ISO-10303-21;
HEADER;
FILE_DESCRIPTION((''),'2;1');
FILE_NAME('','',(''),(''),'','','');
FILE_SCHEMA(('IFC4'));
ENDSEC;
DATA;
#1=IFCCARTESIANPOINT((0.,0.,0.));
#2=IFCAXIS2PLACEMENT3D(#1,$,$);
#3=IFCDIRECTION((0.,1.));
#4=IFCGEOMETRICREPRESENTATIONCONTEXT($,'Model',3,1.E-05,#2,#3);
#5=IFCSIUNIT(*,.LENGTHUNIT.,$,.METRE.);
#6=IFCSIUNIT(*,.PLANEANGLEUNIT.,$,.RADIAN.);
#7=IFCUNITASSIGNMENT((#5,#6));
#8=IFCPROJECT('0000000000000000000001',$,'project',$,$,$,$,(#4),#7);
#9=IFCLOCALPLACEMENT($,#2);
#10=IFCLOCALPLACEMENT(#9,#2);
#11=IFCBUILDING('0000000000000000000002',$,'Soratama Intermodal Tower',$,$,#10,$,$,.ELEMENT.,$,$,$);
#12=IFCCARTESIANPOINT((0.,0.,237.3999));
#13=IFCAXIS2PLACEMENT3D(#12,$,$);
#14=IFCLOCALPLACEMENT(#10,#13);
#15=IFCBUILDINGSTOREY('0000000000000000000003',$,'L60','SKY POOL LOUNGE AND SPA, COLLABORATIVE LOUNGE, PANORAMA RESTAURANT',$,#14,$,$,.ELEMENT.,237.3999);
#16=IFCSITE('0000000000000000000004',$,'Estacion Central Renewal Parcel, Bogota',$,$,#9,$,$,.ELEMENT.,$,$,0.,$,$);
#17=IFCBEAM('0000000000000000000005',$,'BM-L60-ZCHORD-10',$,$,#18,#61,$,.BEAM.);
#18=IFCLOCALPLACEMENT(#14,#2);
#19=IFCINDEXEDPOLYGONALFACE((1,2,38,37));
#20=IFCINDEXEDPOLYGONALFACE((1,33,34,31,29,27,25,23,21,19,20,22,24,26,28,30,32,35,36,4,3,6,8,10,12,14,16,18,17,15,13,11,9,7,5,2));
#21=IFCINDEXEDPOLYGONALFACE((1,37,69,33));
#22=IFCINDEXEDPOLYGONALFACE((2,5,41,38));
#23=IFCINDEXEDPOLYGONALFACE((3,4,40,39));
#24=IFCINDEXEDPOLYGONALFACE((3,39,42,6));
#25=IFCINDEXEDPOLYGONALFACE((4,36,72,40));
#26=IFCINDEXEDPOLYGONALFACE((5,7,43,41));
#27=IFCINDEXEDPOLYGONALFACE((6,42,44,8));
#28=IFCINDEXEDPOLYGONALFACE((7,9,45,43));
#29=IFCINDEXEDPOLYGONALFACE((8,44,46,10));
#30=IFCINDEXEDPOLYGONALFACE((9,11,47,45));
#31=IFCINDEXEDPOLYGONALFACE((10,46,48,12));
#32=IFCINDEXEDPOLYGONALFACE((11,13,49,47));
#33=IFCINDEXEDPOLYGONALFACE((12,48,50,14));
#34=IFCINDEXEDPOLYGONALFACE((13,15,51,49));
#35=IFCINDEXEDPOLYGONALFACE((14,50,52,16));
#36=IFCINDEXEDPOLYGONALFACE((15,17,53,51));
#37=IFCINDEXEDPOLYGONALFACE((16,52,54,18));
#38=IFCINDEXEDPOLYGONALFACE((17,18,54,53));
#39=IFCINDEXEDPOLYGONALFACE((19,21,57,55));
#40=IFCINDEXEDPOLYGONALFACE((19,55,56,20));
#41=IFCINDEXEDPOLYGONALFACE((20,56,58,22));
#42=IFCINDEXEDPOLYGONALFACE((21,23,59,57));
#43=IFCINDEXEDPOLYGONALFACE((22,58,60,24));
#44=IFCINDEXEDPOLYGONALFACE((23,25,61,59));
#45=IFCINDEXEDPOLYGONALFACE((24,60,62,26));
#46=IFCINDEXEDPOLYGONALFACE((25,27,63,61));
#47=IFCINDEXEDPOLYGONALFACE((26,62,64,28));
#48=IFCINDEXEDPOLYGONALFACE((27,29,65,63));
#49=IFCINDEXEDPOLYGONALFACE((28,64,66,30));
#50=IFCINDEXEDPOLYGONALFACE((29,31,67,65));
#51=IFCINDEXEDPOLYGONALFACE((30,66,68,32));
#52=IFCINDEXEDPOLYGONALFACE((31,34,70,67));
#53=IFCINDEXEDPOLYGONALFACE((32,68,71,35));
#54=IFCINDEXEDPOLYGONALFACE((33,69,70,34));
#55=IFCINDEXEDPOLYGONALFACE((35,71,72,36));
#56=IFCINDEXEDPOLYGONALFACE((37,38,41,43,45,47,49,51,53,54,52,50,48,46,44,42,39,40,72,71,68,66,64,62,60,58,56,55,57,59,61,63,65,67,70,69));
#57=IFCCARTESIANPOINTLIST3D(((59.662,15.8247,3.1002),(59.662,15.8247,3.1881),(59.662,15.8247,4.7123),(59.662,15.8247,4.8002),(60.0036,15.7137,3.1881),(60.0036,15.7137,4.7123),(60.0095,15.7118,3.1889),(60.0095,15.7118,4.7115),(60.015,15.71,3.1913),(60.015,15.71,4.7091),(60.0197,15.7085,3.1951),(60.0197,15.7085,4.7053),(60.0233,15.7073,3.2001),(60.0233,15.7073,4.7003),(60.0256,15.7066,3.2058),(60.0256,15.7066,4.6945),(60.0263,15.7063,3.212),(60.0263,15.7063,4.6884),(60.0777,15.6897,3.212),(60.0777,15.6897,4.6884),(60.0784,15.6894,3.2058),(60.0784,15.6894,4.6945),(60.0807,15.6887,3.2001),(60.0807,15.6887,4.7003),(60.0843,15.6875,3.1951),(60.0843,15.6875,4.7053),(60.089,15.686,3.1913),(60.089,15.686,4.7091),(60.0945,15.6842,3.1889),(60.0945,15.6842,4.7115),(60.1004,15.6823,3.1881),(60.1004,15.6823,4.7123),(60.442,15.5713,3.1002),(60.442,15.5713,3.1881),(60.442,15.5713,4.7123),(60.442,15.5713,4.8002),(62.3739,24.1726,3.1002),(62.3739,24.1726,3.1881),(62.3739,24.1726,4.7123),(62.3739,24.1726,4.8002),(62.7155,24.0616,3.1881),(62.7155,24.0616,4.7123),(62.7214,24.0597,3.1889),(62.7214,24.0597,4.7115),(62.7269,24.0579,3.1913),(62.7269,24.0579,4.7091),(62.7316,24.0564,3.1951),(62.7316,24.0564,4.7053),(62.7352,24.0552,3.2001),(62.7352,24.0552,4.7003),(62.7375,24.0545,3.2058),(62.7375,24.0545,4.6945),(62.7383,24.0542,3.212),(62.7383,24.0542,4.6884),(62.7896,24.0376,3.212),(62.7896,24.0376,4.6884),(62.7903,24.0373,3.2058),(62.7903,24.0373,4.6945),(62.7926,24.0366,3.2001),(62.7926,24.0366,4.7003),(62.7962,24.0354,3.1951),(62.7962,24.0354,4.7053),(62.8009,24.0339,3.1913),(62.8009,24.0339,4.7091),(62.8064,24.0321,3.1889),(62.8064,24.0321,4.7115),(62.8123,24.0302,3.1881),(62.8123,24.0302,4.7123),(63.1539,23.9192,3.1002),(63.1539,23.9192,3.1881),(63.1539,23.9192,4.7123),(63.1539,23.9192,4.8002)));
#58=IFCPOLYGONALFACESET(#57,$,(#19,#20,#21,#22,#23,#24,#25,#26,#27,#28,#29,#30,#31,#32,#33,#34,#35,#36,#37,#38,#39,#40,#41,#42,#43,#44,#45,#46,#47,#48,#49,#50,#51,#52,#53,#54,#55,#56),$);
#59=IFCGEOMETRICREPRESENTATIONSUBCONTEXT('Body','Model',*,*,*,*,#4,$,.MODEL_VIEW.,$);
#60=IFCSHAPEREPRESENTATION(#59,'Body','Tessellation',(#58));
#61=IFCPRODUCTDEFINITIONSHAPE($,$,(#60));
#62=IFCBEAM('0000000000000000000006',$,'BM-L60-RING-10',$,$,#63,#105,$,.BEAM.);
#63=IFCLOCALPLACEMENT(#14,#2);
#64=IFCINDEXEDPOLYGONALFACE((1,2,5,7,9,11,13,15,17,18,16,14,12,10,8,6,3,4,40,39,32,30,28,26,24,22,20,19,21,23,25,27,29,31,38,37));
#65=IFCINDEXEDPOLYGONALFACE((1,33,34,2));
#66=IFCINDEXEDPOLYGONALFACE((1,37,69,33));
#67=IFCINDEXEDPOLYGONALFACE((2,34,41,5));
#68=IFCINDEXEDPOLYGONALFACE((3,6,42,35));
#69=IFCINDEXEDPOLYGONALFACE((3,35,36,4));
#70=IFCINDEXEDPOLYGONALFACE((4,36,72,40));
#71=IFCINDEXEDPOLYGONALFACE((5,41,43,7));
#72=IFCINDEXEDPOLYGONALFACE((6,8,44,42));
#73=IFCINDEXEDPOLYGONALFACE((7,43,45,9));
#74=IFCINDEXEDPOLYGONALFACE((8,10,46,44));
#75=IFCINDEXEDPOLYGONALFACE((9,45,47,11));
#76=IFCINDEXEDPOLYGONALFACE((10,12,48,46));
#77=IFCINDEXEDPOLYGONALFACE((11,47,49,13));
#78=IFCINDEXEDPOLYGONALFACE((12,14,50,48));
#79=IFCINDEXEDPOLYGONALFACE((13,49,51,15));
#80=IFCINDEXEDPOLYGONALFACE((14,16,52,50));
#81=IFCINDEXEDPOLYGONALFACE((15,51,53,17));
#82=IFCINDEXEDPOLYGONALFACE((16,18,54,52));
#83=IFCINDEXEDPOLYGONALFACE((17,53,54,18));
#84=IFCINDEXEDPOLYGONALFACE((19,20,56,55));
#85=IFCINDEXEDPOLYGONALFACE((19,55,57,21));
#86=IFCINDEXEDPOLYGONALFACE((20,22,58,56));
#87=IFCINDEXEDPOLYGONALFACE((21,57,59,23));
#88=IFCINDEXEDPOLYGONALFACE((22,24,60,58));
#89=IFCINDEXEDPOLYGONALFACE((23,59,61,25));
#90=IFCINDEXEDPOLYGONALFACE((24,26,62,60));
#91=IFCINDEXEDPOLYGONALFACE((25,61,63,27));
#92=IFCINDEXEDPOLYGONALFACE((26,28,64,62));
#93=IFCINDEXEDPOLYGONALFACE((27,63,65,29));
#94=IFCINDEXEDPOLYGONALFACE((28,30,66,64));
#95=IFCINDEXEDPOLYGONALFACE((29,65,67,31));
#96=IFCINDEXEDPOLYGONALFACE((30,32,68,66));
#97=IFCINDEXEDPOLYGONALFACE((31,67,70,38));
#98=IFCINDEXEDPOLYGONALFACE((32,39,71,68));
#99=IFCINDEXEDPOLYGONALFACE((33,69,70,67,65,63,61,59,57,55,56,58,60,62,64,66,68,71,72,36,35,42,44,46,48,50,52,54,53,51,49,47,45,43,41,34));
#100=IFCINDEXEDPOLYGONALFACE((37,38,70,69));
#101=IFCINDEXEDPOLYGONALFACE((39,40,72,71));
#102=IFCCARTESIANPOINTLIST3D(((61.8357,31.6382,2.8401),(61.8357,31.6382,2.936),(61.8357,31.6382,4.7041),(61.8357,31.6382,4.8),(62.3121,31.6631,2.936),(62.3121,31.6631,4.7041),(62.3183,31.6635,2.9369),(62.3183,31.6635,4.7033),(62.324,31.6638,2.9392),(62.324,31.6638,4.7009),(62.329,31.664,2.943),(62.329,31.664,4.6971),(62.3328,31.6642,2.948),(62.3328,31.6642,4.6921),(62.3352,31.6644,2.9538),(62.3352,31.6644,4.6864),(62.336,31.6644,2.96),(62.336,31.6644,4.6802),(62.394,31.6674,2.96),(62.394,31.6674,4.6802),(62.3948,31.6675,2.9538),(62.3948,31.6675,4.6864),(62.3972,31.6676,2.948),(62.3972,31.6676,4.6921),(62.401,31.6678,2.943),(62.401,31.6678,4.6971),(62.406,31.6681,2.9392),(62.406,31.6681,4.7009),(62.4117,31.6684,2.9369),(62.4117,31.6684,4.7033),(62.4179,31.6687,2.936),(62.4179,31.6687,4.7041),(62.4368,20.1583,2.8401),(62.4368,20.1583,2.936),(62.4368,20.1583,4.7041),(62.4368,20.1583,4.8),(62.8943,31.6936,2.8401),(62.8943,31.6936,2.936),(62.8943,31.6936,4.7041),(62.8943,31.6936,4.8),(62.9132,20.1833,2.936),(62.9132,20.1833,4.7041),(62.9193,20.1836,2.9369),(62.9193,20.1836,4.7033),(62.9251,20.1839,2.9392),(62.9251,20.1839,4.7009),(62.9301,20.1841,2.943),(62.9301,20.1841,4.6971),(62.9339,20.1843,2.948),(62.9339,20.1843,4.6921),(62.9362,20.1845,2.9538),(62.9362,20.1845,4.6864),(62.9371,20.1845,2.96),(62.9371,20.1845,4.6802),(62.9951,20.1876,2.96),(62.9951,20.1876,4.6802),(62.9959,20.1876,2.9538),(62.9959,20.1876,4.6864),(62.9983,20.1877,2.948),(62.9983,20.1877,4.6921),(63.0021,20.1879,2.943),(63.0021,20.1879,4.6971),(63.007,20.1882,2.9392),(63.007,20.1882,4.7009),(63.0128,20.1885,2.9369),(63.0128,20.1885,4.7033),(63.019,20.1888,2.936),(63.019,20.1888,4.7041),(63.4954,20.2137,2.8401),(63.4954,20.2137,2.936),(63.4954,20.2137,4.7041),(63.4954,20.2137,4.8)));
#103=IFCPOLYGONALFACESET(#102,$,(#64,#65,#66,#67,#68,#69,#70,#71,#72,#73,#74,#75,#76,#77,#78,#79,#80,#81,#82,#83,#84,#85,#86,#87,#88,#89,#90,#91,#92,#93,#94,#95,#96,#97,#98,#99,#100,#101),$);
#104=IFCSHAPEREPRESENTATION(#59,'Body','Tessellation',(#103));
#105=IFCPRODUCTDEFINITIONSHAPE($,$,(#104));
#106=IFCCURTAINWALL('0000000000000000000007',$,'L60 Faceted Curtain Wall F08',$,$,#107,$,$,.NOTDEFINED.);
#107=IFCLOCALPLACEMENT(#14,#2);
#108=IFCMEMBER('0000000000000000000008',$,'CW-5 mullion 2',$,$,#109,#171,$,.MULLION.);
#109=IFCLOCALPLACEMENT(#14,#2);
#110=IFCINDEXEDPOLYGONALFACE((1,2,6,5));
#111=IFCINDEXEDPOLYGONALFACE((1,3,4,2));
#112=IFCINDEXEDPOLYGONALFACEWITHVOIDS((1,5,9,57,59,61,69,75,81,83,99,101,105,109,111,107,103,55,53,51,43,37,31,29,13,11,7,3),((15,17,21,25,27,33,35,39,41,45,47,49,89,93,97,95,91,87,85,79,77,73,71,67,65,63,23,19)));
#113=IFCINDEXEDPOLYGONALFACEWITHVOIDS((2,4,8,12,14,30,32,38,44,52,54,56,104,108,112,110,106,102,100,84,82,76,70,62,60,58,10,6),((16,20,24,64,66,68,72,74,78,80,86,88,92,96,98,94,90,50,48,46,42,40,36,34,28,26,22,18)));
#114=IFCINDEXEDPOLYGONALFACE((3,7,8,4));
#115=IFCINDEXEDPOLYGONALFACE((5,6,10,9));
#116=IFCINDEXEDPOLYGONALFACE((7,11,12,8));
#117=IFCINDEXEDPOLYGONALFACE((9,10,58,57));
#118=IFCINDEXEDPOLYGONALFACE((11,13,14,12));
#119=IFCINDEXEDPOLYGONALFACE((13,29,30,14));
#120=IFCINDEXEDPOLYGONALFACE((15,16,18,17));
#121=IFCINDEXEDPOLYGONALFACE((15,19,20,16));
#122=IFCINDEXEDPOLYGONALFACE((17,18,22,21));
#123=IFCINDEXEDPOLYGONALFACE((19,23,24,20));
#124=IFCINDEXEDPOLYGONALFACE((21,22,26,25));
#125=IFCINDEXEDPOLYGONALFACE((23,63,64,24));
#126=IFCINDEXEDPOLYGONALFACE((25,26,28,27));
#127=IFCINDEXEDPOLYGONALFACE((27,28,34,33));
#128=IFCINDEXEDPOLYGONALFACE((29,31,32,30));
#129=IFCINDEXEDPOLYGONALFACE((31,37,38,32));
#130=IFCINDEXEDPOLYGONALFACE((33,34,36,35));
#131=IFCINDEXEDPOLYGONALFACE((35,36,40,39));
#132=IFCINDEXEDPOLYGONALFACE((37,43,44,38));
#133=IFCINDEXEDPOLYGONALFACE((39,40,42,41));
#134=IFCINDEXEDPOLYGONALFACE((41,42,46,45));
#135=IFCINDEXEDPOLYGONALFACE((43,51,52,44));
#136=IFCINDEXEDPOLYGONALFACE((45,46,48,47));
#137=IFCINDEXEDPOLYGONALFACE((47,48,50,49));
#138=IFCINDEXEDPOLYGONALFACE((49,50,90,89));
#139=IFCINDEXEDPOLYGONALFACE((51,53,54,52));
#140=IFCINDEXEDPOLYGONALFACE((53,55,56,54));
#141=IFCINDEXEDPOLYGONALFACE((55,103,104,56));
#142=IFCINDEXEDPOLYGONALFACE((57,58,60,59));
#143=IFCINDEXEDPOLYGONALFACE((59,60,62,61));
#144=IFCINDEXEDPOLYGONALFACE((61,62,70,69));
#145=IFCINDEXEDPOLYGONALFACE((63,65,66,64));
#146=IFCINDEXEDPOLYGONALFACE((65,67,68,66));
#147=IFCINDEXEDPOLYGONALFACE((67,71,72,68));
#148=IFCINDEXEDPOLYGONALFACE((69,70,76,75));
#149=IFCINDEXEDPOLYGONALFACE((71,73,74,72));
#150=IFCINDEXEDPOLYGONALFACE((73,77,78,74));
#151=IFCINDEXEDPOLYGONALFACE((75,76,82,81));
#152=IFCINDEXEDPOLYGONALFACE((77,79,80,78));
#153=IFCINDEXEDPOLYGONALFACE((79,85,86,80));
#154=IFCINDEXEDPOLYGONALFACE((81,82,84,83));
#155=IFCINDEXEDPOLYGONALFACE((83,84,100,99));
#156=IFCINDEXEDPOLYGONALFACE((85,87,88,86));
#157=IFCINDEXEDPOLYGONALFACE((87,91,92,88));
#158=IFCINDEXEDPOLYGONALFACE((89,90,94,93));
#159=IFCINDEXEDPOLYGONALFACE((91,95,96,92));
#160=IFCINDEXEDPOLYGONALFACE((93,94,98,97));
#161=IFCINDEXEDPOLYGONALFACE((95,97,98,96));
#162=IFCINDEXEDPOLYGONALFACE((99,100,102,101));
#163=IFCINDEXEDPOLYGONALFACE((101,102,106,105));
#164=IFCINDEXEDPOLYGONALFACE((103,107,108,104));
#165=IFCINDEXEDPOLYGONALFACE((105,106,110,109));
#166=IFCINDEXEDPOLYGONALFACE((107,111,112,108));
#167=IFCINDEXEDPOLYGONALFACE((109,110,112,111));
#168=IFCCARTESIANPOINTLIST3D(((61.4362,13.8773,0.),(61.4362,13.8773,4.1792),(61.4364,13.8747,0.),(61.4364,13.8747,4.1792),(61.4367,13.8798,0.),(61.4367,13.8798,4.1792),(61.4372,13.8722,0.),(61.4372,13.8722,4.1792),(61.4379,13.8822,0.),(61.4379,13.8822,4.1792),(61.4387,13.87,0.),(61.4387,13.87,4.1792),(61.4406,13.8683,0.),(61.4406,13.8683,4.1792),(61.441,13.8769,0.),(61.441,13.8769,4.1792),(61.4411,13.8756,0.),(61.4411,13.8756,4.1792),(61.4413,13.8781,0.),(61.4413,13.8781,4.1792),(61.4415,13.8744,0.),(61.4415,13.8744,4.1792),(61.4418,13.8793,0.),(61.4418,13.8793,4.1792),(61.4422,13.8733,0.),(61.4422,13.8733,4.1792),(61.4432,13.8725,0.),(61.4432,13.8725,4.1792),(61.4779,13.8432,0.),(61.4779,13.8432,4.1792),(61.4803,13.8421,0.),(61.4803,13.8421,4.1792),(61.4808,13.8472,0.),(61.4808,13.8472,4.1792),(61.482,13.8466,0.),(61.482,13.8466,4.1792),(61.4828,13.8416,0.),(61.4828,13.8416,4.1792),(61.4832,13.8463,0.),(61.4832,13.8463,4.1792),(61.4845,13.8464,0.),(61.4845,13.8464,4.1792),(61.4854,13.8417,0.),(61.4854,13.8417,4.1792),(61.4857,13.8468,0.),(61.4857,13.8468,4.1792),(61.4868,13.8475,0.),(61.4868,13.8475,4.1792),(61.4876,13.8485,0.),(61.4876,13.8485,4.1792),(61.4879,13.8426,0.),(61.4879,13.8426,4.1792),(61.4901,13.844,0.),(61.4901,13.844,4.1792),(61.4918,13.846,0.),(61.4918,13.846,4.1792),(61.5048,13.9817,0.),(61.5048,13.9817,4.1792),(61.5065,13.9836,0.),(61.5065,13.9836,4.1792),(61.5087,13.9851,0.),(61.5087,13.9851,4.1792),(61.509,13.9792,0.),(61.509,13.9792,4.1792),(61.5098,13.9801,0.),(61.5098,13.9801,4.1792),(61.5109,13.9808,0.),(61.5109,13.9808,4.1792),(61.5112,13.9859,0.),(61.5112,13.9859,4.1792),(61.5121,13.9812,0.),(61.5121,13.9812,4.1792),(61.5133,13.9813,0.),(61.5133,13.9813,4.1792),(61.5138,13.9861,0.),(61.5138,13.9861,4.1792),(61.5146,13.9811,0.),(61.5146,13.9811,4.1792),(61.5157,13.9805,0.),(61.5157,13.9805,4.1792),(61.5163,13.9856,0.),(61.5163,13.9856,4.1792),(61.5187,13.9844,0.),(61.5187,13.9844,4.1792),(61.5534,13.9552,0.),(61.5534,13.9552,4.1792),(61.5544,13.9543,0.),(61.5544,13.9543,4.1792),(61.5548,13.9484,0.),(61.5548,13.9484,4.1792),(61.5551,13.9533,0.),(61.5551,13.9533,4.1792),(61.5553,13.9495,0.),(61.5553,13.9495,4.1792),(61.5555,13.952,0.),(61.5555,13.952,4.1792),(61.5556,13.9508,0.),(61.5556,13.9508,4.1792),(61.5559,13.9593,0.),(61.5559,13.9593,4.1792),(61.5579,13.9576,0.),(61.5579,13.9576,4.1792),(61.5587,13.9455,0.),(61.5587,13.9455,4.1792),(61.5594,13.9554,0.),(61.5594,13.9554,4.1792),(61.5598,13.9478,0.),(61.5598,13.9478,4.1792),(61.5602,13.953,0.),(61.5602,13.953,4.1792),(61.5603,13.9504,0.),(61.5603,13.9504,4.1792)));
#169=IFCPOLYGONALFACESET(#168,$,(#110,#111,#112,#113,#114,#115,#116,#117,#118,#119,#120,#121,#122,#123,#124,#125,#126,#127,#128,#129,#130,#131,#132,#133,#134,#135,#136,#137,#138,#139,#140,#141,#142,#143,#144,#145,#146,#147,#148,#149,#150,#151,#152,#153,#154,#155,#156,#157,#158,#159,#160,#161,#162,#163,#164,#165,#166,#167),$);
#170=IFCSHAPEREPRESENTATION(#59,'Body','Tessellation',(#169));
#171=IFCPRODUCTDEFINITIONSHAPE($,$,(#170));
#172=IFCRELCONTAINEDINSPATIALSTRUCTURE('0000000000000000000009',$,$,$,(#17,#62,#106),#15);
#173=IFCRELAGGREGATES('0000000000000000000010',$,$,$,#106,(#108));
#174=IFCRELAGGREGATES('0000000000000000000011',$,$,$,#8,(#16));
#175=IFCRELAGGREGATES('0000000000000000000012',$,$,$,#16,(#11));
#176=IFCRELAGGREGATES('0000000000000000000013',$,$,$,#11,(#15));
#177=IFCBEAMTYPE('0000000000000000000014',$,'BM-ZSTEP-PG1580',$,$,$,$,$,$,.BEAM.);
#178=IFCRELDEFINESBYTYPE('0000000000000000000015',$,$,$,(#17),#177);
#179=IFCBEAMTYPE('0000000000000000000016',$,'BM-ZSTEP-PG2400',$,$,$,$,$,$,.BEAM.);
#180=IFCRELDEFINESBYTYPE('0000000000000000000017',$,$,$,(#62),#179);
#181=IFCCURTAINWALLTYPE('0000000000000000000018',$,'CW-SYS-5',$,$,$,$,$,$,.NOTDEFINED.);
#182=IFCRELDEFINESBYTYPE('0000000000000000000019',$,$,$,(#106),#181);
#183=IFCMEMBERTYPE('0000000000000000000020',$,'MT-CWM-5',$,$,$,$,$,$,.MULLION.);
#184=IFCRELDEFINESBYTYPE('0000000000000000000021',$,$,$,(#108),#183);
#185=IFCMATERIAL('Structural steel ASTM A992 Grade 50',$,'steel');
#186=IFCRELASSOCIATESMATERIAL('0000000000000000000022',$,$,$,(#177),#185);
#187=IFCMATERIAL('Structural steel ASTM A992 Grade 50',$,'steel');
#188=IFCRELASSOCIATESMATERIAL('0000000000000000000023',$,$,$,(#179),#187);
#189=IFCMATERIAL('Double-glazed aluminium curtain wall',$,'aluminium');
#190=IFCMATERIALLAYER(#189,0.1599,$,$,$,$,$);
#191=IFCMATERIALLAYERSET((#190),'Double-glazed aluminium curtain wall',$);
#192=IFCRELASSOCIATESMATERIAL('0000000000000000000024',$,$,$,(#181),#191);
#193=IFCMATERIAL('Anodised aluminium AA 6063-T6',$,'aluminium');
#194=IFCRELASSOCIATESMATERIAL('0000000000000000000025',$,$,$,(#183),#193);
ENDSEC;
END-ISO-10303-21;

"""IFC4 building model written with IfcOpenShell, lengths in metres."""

from ifc_helpers import new_model, si_unit, direction, frame, origin, origin_2d, place, context, subcontext, project, spatial, hollow_rectangle, i_section, extrude, material, layer, layer_set, material_profile, profile_set, type_object, element, aggregate, save


model = new_model("IFC4")

# Units and contexts
model_context = context("Model", 3, precision=1e-05, world=origin(), true_north=direction((0.0, 1.0)))
body_context = subcontext(model_context, "Body", "Model", "MODEL_VIEW")
ifc_project = project(units=[si_unit("LENGTHUNIT", "METRE"), si_unit("PLANEANGLEUNIT", "RADIAN")], contexts=[model_context])

# Site, building, storey
site_placement = place(None, origin())
site = spatial("IfcSite", under=ifc_project, at=site_placement, Name="Estacion Central Renewal Parcel, Bogota", CompositionType="ELEMENT", RefElevation=0.0)
building_placement = place(site_placement, origin())
building = spatial("IfcBuilding", under=site, at=building_placement, Name="Soratama Intermodal Tower", CompositionType="ELEMENT")
storey_placement = place(building_placement, frame((0.0, 0.0, 237.3999)))
storey = spatial("IfcBuildingStorey", under=building, at=storey_placement, Name="L60", Description="SKY POOL LOUNGE AND SPA, COLLABORATIVE LOUNGE, PANORAMA RESTAURANT", CompositionType="ELEMENT", Elevation=237.3999)

# Beams
ifc_material_1 = material(Name="Structural steel ASTM A992 Grade 50", Category="steel")
ifc_material_profile_1 = material_profile(ifc_material_1, i_section(OverallWidth=0.8201, OverallDepth=1.7, WebThickness=0.054, FlangeThickness=0.0879, FilletRadius=0.0239, at=origin_2d()), Name="PG1580X800")
ifc_profile_set_1 = profile_set([ifc_material_profile_1], Name="Structural steel ASTM A992 Grade 50")
beam_type_1 = type_object("IfcBeamType", Name="BM-ZSTEP-PG1580", PredefinedType="BEAM", material=ifc_profile_set_1)
beam_1_placement = place(storey_placement, frame((60.052, 15.698, 3.9502), z_axis=(0.308967, 0.951073, 0.0), x_axis=(-0.951073, 0.308967, 0.0)))
element("IfcBeam", 1, at=beam_1_placement, inside=storey, type_object=beam_type_1, Name="BM-L60-ZCHORD-10", PredefinedType="BEAM", context=body_context, shape_type="SweptSolid", body=[
    extrude(i_section(OverallWidth=0.8201, OverallDepth=1.7, WebThickness=0.054, FlangeThickness=0.0879, FilletRadius=0.0239, at=origin_2d()), origin(), (0.0, 0.0, 1.0), 8.7773),
])
ifc_material_2 = material(Name="Structural steel ASTM A992 Grade 50", Category="steel")
ifc_material_profile_2 = material_profile(ifc_material_2, i_section(OverallWidth=1.0601, OverallDepth=1.96, WebThickness=0.0581, FlangeThickness=0.0959, FilletRadius=0.0239, at=origin_2d()), Name="PG2400X900")
ifc_profile_set_2 = profile_set([ifc_material_profile_2], Name="Structural steel ASTM A992 Grade 50")
beam_type_2 = type_object("IfcBeamType", Name="BM-ZSTEP-PG2400", PredefinedType="BEAM", material=ifc_profile_set_2)
beam_2_placement = place(storey_placement, frame((62.9661, 20.186, 3.8201), z_axis=(-0.052287, 0.998632, 0.0), x_axis=(-0.998632, -0.052287, 0.0)))
element("IfcBeam", 2, at=beam_2_placement, inside=storey, type_object=beam_type_2, Name="BM-L60-RING-10", PredefinedType="BEAM", context=body_context, shape_type="SweptSolid", body=[
    extrude(i_section(OverallWidth=1.0601, OverallDepth=1.96, WebThickness=0.0581, FlangeThickness=0.0959, FilletRadius=0.0239, at=origin_2d()), origin(), (0.0, 0.0, 1.0), 11.4956),
])

# Curtain wall, member
ifc_material_3 = material(Name="Double-glazed aluminium curtain wall", Category="aluminium")
ifc_layer_1 = layer(ifc_material_3, 0.1599)
ifc_layer_set_1 = layer_set([ifc_layer_1], Name="Double-glazed aluminium curtain wall")
curtain_wall_type = type_object("IfcCurtainWallType", Name="CW-SYS-5", PredefinedType="NOTDEFINED", material=ifc_layer_set_1)
curtain_wall_placement = place(storey_placement, origin())
curtain_wall = element("IfcCurtainWall", 3, at=curtain_wall_placement, inside=storey, type_object=curtain_wall_type, Name="L60 Faceted Curtain Wall F08", PredefinedType="NOTDEFINED")
ifc_material_4 = material(Name="Anodised aluminium AA 6063-T6", Category="aluminium")
ifc_material_profile_3 = material_profile(ifc_material_4, hollow_rectangle(XDim=0.0649, YDim=0.1399, WallThickness=0.0049, InnerFilletRadius=0.0049, OuterFilletRadius=0.01, at=origin_2d()), Name="CWM140X65X5")
ifc_profile_set_3 = profile_set([ifc_material_profile_3], Name="Anodised aluminium AA 6063-T6")
member_type_1 = type_object("IfcMemberType", Name="MT-CWM-5", PredefinedType="MULLION", material=ifc_profile_set_3)
member_1_placement = place(storey_placement, frame((61.4983, 13.9138, 0.0), z_axis=(0.0, 0.0, 1.0), x_axis=(-0.830013, 0.557744, 0.0)))
member_1 = element("IfcMember", 4, at=member_1_placement, type_object=member_type_1, Name="CW-5 mullion 2", PredefinedType="MULLION", context=body_context, shape_type="SweptSolid", body=[
    extrude(hollow_rectangle(XDim=0.0649, YDim=0.1399, WallThickness=0.0049, InnerFilletRadius=0.0049, OuterFilletRadius=0.01, at=origin_2d()), origin(), (0.0, 0.0, 1.0), 4.1792),
])
aggregate(curtain_wall, [member_1])

save(model, "model.ifc")
